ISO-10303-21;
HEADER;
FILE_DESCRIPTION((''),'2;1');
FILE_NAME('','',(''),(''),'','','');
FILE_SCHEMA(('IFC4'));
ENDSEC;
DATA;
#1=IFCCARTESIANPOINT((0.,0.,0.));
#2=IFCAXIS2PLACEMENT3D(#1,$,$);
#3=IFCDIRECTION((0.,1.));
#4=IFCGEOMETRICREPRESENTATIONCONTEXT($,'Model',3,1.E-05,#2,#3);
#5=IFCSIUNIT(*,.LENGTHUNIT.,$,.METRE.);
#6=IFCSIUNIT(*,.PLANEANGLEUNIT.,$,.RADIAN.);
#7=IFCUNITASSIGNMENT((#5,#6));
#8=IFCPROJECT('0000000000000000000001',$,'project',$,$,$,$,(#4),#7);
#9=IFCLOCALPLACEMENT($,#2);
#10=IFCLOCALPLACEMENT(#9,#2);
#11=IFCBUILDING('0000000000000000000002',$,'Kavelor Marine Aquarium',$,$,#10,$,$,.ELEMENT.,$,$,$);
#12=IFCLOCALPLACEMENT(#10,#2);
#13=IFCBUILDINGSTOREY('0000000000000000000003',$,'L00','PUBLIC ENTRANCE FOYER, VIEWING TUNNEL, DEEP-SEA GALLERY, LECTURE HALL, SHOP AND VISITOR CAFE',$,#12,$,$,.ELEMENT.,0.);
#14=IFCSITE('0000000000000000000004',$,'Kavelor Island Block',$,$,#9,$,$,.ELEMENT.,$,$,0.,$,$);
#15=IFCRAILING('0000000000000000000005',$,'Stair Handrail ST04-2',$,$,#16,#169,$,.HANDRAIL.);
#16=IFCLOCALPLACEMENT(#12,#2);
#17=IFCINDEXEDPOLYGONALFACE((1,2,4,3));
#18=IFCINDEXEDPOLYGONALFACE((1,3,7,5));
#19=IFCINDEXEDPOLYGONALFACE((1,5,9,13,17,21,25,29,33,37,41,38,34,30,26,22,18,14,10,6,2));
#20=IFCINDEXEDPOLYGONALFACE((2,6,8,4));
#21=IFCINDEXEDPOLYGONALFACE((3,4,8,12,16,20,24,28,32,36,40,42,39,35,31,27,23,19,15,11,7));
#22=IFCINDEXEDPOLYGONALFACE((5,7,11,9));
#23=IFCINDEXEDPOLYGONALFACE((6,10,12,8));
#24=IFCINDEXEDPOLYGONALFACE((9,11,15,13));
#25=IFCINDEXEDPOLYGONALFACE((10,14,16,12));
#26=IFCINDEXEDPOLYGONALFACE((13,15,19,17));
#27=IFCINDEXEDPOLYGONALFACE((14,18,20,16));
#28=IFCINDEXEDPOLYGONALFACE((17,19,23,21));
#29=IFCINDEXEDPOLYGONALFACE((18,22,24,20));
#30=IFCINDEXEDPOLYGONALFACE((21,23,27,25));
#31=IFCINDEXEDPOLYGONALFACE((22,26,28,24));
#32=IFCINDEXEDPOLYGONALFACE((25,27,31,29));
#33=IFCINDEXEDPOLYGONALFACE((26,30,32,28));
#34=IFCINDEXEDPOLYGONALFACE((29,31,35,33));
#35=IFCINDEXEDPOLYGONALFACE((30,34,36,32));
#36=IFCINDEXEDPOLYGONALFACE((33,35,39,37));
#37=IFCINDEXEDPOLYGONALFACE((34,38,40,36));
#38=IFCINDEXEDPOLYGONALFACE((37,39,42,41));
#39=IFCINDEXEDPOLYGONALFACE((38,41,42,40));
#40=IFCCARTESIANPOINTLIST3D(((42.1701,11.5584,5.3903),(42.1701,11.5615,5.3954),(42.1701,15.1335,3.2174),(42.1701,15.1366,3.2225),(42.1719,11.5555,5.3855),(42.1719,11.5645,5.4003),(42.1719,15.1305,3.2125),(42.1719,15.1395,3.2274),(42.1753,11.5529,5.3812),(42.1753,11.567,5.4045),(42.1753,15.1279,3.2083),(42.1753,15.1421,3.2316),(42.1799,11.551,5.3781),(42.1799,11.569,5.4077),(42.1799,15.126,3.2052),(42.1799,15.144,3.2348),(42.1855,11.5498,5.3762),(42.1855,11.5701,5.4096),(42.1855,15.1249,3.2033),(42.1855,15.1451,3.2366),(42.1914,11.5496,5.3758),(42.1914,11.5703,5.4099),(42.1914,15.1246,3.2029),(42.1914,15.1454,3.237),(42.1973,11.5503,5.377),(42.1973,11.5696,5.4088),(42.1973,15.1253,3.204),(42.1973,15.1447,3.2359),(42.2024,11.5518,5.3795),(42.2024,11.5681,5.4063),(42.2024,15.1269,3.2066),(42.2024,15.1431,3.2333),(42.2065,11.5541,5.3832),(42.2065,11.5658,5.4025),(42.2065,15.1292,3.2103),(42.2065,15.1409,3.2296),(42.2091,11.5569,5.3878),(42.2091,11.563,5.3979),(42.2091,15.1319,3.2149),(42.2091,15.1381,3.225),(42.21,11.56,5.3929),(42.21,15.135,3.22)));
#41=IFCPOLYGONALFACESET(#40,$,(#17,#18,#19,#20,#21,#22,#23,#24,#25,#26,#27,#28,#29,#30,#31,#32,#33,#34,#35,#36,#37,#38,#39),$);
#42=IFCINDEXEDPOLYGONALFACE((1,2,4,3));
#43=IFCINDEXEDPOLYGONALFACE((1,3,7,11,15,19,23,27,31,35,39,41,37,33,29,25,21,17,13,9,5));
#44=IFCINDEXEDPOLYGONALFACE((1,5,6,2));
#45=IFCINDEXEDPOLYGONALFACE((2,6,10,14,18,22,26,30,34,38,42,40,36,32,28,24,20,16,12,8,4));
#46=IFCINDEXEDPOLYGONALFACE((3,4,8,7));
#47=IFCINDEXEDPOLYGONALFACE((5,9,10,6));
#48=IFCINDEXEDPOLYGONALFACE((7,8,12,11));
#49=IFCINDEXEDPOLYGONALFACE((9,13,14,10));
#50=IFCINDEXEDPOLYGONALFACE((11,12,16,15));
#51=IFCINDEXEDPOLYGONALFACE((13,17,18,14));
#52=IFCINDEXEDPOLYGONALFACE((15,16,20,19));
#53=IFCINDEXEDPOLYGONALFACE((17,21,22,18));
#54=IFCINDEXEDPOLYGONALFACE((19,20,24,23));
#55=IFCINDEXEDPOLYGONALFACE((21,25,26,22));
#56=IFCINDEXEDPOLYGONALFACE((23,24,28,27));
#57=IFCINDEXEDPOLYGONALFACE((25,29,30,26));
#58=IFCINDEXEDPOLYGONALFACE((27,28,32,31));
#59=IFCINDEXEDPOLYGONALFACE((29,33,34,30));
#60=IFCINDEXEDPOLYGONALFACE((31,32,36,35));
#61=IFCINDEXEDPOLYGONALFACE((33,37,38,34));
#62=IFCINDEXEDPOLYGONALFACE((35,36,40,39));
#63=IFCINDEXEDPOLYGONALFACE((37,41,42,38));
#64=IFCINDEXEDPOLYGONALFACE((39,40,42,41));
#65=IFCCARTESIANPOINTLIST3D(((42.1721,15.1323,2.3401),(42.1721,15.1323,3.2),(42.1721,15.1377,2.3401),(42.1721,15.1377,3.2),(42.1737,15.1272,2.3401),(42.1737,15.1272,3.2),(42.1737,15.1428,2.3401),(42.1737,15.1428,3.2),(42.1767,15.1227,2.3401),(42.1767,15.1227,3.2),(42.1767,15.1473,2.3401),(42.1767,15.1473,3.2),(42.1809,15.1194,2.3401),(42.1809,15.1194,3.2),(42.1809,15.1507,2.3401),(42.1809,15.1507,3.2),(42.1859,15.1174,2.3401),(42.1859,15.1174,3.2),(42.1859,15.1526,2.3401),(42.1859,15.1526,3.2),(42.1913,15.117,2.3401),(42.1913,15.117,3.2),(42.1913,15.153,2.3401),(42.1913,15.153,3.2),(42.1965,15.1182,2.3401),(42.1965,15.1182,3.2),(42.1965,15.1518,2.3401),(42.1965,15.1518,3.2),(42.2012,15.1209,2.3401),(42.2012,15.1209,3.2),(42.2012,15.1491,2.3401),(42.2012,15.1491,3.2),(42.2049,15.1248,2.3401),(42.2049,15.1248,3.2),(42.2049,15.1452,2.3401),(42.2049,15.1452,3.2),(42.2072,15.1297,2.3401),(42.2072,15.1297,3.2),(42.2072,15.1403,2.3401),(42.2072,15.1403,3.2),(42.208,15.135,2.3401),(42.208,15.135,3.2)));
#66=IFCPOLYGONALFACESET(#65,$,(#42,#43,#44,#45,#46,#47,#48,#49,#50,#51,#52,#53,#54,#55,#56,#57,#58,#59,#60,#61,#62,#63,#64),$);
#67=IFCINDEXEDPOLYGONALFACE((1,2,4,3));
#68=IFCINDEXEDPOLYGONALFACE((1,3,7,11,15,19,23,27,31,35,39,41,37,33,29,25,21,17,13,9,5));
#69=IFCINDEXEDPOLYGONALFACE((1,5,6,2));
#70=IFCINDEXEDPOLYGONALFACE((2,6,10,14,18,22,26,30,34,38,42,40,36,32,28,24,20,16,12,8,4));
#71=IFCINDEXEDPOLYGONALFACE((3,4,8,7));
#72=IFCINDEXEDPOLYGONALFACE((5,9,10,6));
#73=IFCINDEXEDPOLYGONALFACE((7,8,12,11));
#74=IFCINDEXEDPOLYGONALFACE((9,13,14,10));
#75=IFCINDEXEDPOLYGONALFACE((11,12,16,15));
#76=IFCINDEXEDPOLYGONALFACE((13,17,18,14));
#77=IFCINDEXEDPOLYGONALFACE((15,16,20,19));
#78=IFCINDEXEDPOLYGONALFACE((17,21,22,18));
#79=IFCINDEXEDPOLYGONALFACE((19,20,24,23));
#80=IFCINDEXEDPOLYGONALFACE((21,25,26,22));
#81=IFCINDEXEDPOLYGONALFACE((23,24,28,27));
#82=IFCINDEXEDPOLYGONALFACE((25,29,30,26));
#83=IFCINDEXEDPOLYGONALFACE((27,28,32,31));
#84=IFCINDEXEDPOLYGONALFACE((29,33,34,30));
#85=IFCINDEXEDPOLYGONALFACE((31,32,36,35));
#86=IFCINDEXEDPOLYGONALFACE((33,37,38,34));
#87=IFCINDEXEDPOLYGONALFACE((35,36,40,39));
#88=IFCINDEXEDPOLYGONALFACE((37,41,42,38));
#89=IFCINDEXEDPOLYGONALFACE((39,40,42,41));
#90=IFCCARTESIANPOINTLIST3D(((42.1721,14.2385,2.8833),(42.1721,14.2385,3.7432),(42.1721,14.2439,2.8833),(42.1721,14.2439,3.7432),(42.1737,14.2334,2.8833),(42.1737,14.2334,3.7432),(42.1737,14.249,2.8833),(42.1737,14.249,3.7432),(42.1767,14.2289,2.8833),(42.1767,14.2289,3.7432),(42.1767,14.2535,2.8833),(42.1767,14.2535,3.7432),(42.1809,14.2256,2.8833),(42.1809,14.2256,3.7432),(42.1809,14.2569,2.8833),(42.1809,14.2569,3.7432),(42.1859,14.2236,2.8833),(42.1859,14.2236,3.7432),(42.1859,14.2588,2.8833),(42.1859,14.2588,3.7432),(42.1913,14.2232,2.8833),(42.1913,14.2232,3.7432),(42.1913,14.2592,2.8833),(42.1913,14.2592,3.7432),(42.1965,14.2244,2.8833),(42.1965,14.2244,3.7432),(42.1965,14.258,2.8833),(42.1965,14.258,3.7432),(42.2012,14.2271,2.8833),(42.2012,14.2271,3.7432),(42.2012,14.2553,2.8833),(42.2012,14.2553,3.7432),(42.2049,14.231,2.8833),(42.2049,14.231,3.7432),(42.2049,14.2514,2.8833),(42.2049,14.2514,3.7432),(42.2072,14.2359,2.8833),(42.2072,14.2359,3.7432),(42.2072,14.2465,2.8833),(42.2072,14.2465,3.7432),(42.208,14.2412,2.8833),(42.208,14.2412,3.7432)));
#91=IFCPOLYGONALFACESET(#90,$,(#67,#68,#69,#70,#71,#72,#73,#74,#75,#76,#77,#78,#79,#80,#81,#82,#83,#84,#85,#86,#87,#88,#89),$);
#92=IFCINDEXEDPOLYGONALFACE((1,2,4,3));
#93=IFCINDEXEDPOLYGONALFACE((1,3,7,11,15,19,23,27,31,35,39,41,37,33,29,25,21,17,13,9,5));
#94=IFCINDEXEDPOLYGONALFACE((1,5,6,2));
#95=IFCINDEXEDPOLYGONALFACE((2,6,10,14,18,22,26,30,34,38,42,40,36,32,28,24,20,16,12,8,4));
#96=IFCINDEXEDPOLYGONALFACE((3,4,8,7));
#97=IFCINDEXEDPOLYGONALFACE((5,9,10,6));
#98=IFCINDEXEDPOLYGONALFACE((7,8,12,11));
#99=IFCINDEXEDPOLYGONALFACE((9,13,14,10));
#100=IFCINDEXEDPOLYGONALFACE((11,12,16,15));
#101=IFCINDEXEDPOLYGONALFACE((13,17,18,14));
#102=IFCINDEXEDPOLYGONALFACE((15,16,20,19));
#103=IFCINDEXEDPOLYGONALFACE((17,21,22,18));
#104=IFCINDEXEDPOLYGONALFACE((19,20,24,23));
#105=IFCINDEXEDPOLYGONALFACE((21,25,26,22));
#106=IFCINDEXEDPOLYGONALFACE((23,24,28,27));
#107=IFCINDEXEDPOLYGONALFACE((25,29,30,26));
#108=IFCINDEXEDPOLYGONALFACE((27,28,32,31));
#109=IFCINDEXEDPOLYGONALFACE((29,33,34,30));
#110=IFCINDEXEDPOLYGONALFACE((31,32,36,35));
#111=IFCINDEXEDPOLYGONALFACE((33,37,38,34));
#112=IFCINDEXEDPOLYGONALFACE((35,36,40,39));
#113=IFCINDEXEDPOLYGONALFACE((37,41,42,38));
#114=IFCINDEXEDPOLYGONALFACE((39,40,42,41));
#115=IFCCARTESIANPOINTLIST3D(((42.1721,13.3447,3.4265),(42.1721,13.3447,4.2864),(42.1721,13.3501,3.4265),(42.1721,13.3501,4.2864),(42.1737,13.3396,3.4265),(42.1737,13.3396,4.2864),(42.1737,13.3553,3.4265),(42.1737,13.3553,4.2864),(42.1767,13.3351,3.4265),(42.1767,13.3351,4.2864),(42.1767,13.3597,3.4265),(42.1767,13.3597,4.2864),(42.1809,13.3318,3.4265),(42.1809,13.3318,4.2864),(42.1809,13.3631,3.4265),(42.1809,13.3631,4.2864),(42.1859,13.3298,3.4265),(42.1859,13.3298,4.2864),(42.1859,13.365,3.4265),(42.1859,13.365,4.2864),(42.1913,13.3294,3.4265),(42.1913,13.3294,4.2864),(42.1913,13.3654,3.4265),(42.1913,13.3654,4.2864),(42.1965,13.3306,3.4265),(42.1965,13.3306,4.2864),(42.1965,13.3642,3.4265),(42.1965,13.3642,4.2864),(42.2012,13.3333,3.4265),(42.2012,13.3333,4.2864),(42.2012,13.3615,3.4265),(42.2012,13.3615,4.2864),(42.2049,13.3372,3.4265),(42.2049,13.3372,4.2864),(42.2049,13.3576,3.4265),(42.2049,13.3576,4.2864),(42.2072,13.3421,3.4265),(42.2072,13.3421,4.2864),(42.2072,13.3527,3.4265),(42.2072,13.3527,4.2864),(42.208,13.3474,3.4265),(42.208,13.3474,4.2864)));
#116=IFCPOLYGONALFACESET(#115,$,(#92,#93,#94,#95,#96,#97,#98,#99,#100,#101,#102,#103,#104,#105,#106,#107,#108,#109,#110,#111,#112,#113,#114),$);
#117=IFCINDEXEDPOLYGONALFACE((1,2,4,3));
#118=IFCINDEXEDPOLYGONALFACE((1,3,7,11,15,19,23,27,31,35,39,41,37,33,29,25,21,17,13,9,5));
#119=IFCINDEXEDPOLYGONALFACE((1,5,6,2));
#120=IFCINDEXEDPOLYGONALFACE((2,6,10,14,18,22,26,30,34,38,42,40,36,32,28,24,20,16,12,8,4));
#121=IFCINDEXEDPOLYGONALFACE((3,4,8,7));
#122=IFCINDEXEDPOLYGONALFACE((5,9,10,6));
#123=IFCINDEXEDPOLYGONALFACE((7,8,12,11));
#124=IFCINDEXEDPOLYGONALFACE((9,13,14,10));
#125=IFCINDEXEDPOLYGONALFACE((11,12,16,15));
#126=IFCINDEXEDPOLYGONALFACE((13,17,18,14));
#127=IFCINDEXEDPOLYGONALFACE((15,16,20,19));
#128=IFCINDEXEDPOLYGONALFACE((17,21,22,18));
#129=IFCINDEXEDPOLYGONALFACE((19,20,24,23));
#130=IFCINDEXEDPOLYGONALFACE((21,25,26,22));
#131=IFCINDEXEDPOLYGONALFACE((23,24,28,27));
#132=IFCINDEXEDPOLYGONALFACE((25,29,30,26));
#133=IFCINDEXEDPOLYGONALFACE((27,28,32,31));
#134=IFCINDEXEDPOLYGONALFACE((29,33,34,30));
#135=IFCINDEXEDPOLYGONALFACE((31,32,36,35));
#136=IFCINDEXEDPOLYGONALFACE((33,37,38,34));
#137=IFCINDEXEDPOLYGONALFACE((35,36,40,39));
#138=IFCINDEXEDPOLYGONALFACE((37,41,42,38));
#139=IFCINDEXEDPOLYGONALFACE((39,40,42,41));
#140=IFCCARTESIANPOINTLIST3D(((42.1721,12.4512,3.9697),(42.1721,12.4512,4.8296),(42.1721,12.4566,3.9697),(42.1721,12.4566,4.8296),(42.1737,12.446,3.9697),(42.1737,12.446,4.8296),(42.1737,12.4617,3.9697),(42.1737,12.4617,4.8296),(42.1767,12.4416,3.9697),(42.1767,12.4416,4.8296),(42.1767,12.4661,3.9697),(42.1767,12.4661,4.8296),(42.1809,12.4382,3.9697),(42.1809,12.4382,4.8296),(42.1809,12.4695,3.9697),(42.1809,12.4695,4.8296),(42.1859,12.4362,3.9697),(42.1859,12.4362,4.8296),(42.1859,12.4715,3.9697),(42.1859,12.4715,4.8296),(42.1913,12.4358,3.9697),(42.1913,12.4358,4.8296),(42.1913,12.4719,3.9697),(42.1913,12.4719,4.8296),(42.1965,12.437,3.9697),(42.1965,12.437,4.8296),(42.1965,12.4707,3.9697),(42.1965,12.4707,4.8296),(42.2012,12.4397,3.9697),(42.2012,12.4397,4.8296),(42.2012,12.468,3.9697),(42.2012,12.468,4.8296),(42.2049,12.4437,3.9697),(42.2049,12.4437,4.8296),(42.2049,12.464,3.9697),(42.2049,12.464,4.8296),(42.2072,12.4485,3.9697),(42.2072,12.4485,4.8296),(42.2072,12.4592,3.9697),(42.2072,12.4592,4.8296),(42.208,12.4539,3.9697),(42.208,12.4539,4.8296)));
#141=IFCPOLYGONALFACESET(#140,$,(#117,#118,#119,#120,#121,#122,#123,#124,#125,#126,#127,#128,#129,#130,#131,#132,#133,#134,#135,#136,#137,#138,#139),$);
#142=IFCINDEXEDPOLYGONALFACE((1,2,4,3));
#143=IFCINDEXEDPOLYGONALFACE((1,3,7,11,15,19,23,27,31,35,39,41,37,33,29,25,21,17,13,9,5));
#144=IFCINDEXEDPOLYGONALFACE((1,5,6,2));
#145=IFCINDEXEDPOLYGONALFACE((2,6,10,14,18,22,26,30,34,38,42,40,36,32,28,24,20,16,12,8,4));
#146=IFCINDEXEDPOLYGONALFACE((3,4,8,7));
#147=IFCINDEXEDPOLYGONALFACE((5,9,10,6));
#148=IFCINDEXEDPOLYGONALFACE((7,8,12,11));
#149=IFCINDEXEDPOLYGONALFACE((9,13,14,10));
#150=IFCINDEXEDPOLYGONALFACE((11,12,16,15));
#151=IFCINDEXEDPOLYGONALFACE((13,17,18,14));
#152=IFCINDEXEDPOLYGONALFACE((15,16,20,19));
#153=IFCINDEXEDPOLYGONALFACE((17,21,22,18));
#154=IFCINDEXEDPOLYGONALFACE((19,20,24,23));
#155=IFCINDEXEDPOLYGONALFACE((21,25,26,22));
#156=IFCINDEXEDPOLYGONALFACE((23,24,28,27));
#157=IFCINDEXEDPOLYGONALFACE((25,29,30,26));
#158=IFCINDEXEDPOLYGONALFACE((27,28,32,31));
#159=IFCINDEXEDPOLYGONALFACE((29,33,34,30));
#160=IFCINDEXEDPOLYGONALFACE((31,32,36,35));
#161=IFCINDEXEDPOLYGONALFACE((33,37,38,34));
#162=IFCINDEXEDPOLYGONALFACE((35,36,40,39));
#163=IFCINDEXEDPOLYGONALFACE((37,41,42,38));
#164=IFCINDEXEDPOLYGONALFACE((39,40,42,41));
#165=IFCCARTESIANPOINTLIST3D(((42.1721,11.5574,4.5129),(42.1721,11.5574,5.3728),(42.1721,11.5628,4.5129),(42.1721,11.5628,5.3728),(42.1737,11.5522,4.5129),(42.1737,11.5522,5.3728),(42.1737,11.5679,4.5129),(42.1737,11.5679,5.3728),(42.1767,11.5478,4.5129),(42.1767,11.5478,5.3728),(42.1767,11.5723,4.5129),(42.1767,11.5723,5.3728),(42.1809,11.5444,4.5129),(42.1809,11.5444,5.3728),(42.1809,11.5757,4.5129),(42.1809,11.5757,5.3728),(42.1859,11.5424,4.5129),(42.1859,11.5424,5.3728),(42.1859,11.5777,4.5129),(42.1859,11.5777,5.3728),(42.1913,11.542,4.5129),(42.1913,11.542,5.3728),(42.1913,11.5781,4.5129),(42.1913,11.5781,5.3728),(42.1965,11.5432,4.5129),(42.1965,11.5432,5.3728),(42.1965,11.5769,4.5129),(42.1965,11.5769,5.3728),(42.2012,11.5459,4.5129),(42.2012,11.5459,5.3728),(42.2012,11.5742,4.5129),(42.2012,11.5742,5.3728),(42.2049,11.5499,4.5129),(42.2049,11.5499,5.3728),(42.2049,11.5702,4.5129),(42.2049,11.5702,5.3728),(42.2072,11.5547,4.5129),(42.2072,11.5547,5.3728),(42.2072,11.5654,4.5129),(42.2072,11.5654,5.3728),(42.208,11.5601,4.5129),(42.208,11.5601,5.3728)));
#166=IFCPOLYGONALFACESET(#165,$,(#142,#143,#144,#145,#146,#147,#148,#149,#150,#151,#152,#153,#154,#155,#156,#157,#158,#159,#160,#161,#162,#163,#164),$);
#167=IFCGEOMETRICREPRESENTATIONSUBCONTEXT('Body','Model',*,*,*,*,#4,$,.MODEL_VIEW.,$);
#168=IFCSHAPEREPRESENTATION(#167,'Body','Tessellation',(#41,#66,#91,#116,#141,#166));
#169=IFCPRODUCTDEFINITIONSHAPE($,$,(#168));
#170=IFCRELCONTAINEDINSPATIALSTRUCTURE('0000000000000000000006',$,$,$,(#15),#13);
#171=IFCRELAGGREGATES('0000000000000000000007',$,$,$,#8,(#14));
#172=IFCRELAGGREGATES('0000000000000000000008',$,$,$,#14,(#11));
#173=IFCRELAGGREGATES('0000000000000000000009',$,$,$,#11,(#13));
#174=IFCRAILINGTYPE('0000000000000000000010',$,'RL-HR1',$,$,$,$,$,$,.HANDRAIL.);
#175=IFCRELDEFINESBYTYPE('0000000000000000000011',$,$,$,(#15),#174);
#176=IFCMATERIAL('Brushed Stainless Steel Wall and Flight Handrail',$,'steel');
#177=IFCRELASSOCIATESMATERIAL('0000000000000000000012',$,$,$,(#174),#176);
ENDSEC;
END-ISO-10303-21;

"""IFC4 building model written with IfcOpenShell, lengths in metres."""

from ifc_helpers import new_model, si_unit, direction, frame, origin, origin_2d, place, context, subcontext, project, spatial, circle, extrude, material, type_object, element, save


model = new_model("IFC4")

# Units and contexts
model_context = context("Model", 3, precision=1e-05, world=origin(), true_north=direction((0.0, 1.0)))
body_context = subcontext(model_context, "Body", "Model", "MODEL_VIEW")
ifc_project = project(units=[si_unit("LENGTHUNIT", "METRE"), si_unit("PLANEANGLEUNIT", "RADIAN")], contexts=[model_context])

# Site, building, storey
site_placement = place(None, origin())
site = spatial("IfcSite", under=ifc_project, at=site_placement, Name="Kavelor Island Block", CompositionType="ELEMENT", RefElevation=0.0)
building_placement = place(site_placement, origin())
building = spatial("IfcBuilding", under=site, at=building_placement, Name="Kavelor Marine Aquarium", CompositionType="ELEMENT")
storey_placement = place(building_placement, origin())
storey = spatial("IfcBuildingStorey", under=building, at=storey_placement, Name="L00", Description="PUBLIC ENTRANCE FOYER, VIEWING TUNNEL, DEEP-SEA GALLERY, LECTURE HALL, SHOP AND VISITOR CAFE", CompositionType="ELEMENT", Elevation=0.0)

# Railing
ifc_material_1 = material(Name="Brushed Stainless Steel Wall and Flight Handrail", Category="steel")
railing_type_1 = type_object("IfcRailingType", Name="RL-HR1", PredefinedType="HANDRAIL", material=ifc_material_1)
railing_1_placement = place(storey_placement, frame((42.1899, 15.135, 2.3401)))
element("IfcRailing", 1, at=railing_1_placement, inside=storey, type_object=railing_type_1, Name="Stair Handrail ST04-2", PredefinedType="HANDRAIL", context=body_context, shape_type="SweptSolid", body=[
    extrude(circle(Radius=0.02, at=origin_2d()), frame((0.0, 0.0, 0.8799), z_axis=(0.0, -0.854539, 0.519388), x_axis=(1.0, 0.0, 0.0)), (0.0, 0.0, 1.0), 4.1836),
    extrude(circle(Radius=0.0181, at=origin_2d()), origin(), (0.0, 0.0, 1.0), 0.8599),
    extrude(circle(Radius=0.0181, at=origin_2d()), frame((0.0, -0.8938, 0.5432)), (0.0, 0.0, 1.0), 0.8599),
    extrude(circle(Radius=0.0181, at=origin_2d()), frame((0.0, -1.7876, 1.0864)), (0.0, 0.0, 1.0), 0.8599),
    extrude(circle(Radius=0.0181, at=origin_2d()), frame((0.0, -2.6812, 1.6296)), (0.0, 0.0, 1.0), 0.8599),
    extrude(circle(Radius=0.0181, at=origin_2d()), frame((0.0, -3.575, 2.1729)), (0.0, 0.0, 1.0), 0.8599),
])

save(model, "model.ifc")
